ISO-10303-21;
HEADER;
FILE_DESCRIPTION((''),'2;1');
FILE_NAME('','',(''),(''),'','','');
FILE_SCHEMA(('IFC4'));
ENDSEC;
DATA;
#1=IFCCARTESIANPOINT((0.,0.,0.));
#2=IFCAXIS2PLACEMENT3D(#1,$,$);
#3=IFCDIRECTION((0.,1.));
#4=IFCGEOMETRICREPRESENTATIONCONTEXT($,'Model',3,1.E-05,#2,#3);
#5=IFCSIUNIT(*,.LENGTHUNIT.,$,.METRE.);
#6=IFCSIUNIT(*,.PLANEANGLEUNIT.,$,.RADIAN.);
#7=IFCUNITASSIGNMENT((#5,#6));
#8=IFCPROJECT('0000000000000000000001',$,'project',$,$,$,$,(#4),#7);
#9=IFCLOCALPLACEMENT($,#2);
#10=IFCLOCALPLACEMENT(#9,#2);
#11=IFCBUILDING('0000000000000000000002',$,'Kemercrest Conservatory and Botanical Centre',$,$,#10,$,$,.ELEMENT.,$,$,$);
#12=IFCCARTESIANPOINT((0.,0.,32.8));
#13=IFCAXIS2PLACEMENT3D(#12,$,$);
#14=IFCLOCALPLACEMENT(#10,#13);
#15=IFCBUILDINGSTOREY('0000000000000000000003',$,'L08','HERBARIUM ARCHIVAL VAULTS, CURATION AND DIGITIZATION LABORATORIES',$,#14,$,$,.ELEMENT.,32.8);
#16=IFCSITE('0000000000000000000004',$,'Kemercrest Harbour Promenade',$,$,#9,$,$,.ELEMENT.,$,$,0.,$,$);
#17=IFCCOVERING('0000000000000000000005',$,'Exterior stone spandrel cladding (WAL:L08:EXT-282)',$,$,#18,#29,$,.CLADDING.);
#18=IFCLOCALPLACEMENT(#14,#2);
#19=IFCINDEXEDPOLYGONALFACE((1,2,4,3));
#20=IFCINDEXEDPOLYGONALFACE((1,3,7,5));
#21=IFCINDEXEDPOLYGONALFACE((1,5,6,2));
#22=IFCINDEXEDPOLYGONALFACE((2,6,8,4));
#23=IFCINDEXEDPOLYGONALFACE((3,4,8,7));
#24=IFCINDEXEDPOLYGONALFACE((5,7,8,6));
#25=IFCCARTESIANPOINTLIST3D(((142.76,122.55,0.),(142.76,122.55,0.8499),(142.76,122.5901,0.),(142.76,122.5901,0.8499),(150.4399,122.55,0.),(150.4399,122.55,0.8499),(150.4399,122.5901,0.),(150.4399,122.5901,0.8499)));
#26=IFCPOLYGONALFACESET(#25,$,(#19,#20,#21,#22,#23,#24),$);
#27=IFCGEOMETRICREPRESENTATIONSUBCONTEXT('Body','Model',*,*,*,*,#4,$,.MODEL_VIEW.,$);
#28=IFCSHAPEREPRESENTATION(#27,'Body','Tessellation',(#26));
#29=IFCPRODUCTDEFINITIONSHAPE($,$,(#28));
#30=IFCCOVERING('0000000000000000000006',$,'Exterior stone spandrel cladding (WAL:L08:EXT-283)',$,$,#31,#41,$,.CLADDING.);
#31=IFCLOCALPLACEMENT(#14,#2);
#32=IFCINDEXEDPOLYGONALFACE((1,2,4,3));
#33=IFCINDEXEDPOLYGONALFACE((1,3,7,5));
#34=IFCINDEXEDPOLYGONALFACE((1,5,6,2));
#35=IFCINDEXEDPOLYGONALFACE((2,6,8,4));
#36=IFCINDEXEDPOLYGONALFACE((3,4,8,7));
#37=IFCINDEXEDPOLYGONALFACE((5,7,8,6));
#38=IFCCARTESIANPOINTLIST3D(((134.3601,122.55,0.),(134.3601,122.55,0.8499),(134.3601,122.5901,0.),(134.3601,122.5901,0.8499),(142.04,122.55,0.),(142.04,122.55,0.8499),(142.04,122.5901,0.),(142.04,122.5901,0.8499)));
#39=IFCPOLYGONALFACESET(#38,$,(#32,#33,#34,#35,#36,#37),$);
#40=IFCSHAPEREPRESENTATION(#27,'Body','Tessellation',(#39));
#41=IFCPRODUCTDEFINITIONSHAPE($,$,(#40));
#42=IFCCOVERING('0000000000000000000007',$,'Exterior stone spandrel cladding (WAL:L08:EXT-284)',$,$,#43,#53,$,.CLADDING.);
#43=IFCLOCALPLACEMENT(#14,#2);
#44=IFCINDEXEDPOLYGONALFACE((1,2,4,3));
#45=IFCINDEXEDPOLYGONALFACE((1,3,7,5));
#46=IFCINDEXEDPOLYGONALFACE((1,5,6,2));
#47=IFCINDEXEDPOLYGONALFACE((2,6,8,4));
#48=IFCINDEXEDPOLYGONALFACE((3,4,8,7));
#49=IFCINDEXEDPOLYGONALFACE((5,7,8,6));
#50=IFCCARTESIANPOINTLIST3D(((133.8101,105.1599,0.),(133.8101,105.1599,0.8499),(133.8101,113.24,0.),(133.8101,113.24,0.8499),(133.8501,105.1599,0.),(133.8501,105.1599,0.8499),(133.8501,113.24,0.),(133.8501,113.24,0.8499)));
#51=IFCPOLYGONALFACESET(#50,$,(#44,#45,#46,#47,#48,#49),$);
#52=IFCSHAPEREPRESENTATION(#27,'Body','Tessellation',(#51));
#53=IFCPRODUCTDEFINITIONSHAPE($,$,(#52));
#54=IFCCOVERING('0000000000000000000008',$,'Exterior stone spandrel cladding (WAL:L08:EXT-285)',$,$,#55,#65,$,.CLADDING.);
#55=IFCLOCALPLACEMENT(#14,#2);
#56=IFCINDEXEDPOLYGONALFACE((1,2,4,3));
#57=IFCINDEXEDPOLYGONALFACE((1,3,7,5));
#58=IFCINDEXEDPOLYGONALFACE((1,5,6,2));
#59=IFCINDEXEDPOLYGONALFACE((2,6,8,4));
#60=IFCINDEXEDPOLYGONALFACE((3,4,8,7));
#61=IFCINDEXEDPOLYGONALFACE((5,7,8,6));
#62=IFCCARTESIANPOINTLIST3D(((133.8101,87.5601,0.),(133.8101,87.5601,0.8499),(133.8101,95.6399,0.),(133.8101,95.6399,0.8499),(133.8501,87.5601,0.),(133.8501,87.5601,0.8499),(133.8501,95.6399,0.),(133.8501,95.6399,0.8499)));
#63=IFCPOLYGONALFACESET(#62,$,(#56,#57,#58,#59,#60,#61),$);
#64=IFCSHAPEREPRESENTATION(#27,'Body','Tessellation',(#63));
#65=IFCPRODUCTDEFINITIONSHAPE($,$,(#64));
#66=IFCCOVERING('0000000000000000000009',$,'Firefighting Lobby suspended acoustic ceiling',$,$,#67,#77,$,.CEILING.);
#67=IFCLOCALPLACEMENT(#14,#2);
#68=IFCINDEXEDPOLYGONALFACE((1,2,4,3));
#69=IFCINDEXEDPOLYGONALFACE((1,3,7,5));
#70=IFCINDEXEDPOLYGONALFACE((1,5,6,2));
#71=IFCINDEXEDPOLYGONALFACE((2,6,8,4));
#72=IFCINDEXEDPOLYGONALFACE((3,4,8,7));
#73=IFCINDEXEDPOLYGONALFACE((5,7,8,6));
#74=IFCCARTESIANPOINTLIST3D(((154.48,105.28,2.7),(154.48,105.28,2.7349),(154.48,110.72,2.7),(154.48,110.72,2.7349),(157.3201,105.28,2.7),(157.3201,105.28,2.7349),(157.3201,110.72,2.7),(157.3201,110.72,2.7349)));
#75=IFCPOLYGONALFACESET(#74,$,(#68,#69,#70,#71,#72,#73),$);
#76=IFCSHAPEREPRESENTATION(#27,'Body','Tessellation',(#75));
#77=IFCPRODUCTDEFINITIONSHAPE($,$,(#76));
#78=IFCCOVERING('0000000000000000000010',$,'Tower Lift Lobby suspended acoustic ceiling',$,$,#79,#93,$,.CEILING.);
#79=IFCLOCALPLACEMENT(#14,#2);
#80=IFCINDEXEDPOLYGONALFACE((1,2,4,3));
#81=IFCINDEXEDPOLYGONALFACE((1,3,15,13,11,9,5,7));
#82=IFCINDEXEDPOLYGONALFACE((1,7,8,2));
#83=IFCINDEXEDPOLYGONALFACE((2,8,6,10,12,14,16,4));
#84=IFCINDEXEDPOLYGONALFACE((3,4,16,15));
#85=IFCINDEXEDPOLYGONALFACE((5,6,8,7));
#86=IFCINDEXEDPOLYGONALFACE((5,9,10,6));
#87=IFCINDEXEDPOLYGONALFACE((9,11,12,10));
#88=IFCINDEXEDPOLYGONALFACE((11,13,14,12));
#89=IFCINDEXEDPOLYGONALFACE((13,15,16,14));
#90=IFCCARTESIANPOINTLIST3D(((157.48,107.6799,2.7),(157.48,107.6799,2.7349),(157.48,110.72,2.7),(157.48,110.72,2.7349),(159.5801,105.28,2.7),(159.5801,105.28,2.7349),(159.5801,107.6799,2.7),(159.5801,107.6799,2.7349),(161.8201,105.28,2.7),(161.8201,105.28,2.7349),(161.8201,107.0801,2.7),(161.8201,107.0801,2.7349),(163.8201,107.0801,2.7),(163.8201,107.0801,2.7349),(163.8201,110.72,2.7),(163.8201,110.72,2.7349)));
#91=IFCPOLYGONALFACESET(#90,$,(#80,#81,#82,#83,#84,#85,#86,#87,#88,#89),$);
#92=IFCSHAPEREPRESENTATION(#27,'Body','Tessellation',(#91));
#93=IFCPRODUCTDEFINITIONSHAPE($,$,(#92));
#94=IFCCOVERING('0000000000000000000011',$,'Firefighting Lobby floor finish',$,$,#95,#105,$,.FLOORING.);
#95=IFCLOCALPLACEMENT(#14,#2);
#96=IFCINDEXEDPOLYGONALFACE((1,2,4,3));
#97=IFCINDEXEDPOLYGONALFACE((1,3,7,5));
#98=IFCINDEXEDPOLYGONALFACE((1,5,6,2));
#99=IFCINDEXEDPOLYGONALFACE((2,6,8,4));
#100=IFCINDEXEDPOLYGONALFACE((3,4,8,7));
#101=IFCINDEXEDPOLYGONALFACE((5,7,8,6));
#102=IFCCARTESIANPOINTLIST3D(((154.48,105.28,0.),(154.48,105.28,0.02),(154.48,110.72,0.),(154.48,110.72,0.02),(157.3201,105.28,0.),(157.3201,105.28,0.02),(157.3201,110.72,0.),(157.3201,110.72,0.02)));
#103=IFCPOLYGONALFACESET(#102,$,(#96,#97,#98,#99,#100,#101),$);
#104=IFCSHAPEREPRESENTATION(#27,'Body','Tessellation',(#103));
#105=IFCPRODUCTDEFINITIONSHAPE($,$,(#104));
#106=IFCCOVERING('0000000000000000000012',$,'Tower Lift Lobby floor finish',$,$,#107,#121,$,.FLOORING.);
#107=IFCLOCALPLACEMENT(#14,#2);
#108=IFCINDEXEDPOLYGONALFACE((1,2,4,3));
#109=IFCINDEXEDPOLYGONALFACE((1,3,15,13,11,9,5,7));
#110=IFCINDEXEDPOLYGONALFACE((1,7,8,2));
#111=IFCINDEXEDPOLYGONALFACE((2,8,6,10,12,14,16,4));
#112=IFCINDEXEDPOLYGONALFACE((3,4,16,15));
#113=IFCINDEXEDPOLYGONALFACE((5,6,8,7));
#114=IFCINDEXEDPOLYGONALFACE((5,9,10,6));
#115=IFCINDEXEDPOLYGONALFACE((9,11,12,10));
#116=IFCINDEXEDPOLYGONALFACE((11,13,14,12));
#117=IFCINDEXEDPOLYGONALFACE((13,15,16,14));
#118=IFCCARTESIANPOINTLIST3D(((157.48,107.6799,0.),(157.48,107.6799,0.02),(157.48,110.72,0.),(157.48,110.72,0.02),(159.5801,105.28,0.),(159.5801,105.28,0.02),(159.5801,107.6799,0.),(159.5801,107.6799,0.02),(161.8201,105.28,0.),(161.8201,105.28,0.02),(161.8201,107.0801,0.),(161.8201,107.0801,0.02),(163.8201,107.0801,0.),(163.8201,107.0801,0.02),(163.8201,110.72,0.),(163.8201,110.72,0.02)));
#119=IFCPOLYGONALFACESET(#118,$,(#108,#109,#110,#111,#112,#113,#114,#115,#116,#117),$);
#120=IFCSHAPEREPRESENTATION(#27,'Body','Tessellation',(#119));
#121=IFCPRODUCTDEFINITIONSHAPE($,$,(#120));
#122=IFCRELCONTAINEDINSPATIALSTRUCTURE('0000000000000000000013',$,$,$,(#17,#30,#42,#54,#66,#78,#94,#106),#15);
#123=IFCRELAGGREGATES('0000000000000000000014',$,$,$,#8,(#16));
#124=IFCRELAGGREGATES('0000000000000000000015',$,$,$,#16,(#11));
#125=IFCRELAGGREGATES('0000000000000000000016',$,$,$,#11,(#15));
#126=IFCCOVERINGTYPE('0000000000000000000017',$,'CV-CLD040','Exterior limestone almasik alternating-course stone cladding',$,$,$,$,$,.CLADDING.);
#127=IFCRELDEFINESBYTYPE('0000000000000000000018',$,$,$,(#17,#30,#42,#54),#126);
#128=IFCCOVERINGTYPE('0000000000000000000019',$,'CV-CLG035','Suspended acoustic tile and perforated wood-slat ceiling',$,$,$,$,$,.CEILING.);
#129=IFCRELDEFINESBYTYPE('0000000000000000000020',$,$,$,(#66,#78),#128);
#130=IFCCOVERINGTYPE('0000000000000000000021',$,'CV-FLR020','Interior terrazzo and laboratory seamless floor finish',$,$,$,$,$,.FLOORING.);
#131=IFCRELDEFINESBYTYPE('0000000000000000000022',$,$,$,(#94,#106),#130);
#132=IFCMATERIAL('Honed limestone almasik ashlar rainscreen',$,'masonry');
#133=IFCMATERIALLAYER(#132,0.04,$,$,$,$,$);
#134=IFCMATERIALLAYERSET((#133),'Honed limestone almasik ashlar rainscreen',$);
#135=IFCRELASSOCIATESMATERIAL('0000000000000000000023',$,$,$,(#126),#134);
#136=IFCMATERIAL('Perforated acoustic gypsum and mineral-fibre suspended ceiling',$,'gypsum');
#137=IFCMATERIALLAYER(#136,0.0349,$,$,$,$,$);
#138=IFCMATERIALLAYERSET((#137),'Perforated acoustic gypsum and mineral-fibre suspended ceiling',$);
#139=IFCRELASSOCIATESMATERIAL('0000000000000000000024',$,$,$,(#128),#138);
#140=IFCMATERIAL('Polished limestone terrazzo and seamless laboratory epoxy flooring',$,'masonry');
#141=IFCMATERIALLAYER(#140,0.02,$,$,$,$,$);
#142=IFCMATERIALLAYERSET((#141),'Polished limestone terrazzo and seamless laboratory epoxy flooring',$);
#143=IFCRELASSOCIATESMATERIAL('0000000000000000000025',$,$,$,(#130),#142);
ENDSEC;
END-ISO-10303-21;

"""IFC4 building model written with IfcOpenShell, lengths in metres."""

from ifc_helpers import new_model, si_unit, direction, frame, origin, place, context, subcontext, project, spatial, polyline, outline, extrude, material, layer, layer_set, type_object, element, save


model = new_model("IFC4")

# Units and contexts
model_context = context("Model", 3, precision=1e-05, world=origin(), true_north=direction((0.0, 1.0)))
body_context = subcontext(model_context, "Body", "Model", "MODEL_VIEW")
ifc_project = project(units=[si_unit("LENGTHUNIT", "METRE"), si_unit("PLANEANGLEUNIT", "RADIAN")], contexts=[model_context])

# Site, building, storey
site_placement = place(None, origin())
site = spatial("IfcSite", under=ifc_project, at=site_placement, Name="Kemercrest Harbour Promenade", CompositionType="ELEMENT", RefElevation=0.0)
building_placement = place(site_placement, origin())
building = spatial("IfcBuilding", under=site, at=building_placement, Name="Kemercrest Conservatory and Botanical Centre", CompositionType="ELEMENT")
storey_placement = place(building_placement, frame((0.0, 0.0, 32.8)))
storey = spatial("IfcBuildingStorey", under=building, at=storey_placement, Name="L08", Description="HERBARIUM ARCHIVAL VAULTS, CURATION AND DIGITIZATION LABORATORIES", CompositionType="ELEMENT", Elevation=32.8)

# Coverings
ifc_material_1 = material(Name="Honed limestone almasik ashlar rainscreen", Category="masonry")
ifc_layer_1 = layer(ifc_material_1, 0.04)
ifc_layer_set_1 = layer_set([ifc_layer_1], Name="Honed limestone almasik ashlar rainscreen")
covering_type_1 = type_object("IfcCoveringType", Name="CV-CLD040", Description="Exterior limestone almasik alternating-course stone cladding", PredefinedType="CLADDING", material=ifc_layer_set_1)
covering_1_placement = place(storey_placement, origin())
element("IfcCovering", 1, at=covering_1_placement, inside=storey, type_object=covering_type_1, Name="Exterior stone spandrel cladding (WAL:L08:EXT-282)", PredefinedType="CLADDING", context=body_context, shape_type="SweptSolid", body=[
    extrude(outline(polyline([(150.4399, 122.55), (150.4399, 122.5901), (142.76, 122.5901), (142.76, 122.55), (150.4399, 122.55)])), origin(), (0.0, 0.0, 1.0), 0.8499),
])
covering_2_placement = place(storey_placement, origin())
element("IfcCovering", 2, at=covering_2_placement, inside=storey, type_object=covering_type_1, Name="Exterior stone spandrel cladding (WAL:L08:EXT-283)", PredefinedType="CLADDING", context=body_context, shape_type="SweptSolid", body=[
    extrude(outline(polyline([(142.04, 122.55), (142.04, 122.5901), (134.3601, 122.5901), (134.3601, 122.55), (142.04, 122.55)])), origin(), (0.0, 0.0, 1.0), 0.8499),
])
covering_3_placement = place(storey_placement, origin())
element("IfcCovering", 3, at=covering_3_placement, inside=storey, type_object=covering_type_1, Name="Exterior stone spandrel cladding (WAL:L08:EXT-284)", PredefinedType="CLADDING", context=body_context, shape_type="SweptSolid", body=[
    extrude(outline(polyline([(133.8501, 113.24), (133.8101, 113.24), (133.8101, 105.1599), (133.8501, 105.1599), (133.8501, 113.24)])), origin(), (0.0, 0.0, 1.0), 0.8499),
])
covering_4_placement = place(storey_placement, origin())
element("IfcCovering", 4, at=covering_4_placement, inside=storey, type_object=covering_type_1, Name="Exterior stone spandrel cladding (WAL:L08:EXT-285)", PredefinedType="CLADDING", context=body_context, shape_type="SweptSolid", body=[
    extrude(outline(polyline([(133.8501, 95.6399), (133.8101, 95.6399), (133.8101, 87.5601), (133.8501, 87.5601), (133.8501, 95.6399)])), origin(), (0.0, 0.0, 1.0), 0.8499),
])
ifc_material_2 = material(Name="Perforated acoustic gypsum and mineral-fibre suspended ceiling", Category="gypsum")
ifc_layer_2 = layer(ifc_material_2, 0.0349)
ifc_layer_set_2 = layer_set([ifc_layer_2], Name="Perforated acoustic gypsum and mineral-fibre suspended ceiling")
covering_type_2 = type_object("IfcCoveringType", Name="CV-CLG035", Description="Suspended acoustic tile and perforated wood-slat ceiling", PredefinedType="CEILING", material=ifc_layer_set_2)
covering_5_placement = place(storey_placement, frame((0.0, 0.0, 2.7)))
element("IfcCovering", 5, at=covering_5_placement, inside=storey, type_object=covering_type_2, Name="Firefighting Lobby suspended acoustic ceiling", PredefinedType="CEILING", context=body_context, shape_type="SweptSolid", body=[
    extrude(outline(polyline([(154.48, 105.28), (157.3201, 105.28), (157.3201, 110.72), (154.48, 110.72), (154.48, 105.28)])), origin(), (0.0, 0.0, 1.0), 0.0349),
])
covering_6_placement = place(storey_placement, frame((0.0, 0.0, 2.7)))
element("IfcCovering", 6, at=covering_6_placement, inside=storey, type_object=covering_type_2, Name="Tower Lift Lobby suspended acoustic ceiling", PredefinedType="CEILING", context=body_context, shape_type="SweptSolid", body=[
    extrude(outline(polyline([(159.5801, 107.6799), (159.5801, 105.28), (161.8201, 105.28), (161.8201, 107.0801), (163.8201, 107.0801), (163.8201, 110.72), (157.48, 110.72), (157.48, 107.6799), (159.5801, 107.6799)])), origin(), (0.0, 0.0, 1.0), 0.0349),
])
ifc_material_3 = material(Name="Polished limestone terrazzo and seamless laboratory epoxy flooring", Category="masonry")
ifc_layer_3 = layer(ifc_material_3, 0.02)
ifc_layer_set_3 = layer_set([ifc_layer_3], Name="Polished limestone terrazzo and seamless laboratory epoxy flooring")
covering_type_3 = type_object("IfcCoveringType", Name="CV-FLR020", Description="Interior terrazzo and laboratory seamless floor finish", PredefinedType="FLOORING", material=ifc_layer_set_3)
covering_7_placement = place(storey_placement, origin())
element("IfcCovering", 7, at=covering_7_placement, inside=storey, type_object=covering_type_3, Name="Firefighting Lobby floor finish", PredefinedType="FLOORING", context=body_context, shape_type="SweptSolid", body=[
    extrude(outline(polyline([(154.48, 105.28), (157.3201, 105.28), (157.3201, 110.72), (154.48, 110.72), (154.48, 105.28)])), origin(), (0.0, 0.0, 1.0), 0.02),
])
covering_8_placement = place(storey_placement, origin())
element("IfcCovering", 8, at=covering_8_placement, inside=storey, type_object=covering_type_3, Name="Tower Lift Lobby floor finish", PredefinedType="FLOORING", context=body_context, shape_type="SweptSolid", body=[
    extrude(outline(polyline([(159.5801, 107.6799), (159.5801, 105.28), (161.8201, 105.28), (161.8201, 107.0801), (163.8201, 107.0801), (163.8201, 110.72), (157.48, 110.72), (157.48, 107.6799), (159.5801, 107.6799)])), origin(), (0.0, 0.0, 1.0), 0.02),
])

save(model, "model.ifc")
